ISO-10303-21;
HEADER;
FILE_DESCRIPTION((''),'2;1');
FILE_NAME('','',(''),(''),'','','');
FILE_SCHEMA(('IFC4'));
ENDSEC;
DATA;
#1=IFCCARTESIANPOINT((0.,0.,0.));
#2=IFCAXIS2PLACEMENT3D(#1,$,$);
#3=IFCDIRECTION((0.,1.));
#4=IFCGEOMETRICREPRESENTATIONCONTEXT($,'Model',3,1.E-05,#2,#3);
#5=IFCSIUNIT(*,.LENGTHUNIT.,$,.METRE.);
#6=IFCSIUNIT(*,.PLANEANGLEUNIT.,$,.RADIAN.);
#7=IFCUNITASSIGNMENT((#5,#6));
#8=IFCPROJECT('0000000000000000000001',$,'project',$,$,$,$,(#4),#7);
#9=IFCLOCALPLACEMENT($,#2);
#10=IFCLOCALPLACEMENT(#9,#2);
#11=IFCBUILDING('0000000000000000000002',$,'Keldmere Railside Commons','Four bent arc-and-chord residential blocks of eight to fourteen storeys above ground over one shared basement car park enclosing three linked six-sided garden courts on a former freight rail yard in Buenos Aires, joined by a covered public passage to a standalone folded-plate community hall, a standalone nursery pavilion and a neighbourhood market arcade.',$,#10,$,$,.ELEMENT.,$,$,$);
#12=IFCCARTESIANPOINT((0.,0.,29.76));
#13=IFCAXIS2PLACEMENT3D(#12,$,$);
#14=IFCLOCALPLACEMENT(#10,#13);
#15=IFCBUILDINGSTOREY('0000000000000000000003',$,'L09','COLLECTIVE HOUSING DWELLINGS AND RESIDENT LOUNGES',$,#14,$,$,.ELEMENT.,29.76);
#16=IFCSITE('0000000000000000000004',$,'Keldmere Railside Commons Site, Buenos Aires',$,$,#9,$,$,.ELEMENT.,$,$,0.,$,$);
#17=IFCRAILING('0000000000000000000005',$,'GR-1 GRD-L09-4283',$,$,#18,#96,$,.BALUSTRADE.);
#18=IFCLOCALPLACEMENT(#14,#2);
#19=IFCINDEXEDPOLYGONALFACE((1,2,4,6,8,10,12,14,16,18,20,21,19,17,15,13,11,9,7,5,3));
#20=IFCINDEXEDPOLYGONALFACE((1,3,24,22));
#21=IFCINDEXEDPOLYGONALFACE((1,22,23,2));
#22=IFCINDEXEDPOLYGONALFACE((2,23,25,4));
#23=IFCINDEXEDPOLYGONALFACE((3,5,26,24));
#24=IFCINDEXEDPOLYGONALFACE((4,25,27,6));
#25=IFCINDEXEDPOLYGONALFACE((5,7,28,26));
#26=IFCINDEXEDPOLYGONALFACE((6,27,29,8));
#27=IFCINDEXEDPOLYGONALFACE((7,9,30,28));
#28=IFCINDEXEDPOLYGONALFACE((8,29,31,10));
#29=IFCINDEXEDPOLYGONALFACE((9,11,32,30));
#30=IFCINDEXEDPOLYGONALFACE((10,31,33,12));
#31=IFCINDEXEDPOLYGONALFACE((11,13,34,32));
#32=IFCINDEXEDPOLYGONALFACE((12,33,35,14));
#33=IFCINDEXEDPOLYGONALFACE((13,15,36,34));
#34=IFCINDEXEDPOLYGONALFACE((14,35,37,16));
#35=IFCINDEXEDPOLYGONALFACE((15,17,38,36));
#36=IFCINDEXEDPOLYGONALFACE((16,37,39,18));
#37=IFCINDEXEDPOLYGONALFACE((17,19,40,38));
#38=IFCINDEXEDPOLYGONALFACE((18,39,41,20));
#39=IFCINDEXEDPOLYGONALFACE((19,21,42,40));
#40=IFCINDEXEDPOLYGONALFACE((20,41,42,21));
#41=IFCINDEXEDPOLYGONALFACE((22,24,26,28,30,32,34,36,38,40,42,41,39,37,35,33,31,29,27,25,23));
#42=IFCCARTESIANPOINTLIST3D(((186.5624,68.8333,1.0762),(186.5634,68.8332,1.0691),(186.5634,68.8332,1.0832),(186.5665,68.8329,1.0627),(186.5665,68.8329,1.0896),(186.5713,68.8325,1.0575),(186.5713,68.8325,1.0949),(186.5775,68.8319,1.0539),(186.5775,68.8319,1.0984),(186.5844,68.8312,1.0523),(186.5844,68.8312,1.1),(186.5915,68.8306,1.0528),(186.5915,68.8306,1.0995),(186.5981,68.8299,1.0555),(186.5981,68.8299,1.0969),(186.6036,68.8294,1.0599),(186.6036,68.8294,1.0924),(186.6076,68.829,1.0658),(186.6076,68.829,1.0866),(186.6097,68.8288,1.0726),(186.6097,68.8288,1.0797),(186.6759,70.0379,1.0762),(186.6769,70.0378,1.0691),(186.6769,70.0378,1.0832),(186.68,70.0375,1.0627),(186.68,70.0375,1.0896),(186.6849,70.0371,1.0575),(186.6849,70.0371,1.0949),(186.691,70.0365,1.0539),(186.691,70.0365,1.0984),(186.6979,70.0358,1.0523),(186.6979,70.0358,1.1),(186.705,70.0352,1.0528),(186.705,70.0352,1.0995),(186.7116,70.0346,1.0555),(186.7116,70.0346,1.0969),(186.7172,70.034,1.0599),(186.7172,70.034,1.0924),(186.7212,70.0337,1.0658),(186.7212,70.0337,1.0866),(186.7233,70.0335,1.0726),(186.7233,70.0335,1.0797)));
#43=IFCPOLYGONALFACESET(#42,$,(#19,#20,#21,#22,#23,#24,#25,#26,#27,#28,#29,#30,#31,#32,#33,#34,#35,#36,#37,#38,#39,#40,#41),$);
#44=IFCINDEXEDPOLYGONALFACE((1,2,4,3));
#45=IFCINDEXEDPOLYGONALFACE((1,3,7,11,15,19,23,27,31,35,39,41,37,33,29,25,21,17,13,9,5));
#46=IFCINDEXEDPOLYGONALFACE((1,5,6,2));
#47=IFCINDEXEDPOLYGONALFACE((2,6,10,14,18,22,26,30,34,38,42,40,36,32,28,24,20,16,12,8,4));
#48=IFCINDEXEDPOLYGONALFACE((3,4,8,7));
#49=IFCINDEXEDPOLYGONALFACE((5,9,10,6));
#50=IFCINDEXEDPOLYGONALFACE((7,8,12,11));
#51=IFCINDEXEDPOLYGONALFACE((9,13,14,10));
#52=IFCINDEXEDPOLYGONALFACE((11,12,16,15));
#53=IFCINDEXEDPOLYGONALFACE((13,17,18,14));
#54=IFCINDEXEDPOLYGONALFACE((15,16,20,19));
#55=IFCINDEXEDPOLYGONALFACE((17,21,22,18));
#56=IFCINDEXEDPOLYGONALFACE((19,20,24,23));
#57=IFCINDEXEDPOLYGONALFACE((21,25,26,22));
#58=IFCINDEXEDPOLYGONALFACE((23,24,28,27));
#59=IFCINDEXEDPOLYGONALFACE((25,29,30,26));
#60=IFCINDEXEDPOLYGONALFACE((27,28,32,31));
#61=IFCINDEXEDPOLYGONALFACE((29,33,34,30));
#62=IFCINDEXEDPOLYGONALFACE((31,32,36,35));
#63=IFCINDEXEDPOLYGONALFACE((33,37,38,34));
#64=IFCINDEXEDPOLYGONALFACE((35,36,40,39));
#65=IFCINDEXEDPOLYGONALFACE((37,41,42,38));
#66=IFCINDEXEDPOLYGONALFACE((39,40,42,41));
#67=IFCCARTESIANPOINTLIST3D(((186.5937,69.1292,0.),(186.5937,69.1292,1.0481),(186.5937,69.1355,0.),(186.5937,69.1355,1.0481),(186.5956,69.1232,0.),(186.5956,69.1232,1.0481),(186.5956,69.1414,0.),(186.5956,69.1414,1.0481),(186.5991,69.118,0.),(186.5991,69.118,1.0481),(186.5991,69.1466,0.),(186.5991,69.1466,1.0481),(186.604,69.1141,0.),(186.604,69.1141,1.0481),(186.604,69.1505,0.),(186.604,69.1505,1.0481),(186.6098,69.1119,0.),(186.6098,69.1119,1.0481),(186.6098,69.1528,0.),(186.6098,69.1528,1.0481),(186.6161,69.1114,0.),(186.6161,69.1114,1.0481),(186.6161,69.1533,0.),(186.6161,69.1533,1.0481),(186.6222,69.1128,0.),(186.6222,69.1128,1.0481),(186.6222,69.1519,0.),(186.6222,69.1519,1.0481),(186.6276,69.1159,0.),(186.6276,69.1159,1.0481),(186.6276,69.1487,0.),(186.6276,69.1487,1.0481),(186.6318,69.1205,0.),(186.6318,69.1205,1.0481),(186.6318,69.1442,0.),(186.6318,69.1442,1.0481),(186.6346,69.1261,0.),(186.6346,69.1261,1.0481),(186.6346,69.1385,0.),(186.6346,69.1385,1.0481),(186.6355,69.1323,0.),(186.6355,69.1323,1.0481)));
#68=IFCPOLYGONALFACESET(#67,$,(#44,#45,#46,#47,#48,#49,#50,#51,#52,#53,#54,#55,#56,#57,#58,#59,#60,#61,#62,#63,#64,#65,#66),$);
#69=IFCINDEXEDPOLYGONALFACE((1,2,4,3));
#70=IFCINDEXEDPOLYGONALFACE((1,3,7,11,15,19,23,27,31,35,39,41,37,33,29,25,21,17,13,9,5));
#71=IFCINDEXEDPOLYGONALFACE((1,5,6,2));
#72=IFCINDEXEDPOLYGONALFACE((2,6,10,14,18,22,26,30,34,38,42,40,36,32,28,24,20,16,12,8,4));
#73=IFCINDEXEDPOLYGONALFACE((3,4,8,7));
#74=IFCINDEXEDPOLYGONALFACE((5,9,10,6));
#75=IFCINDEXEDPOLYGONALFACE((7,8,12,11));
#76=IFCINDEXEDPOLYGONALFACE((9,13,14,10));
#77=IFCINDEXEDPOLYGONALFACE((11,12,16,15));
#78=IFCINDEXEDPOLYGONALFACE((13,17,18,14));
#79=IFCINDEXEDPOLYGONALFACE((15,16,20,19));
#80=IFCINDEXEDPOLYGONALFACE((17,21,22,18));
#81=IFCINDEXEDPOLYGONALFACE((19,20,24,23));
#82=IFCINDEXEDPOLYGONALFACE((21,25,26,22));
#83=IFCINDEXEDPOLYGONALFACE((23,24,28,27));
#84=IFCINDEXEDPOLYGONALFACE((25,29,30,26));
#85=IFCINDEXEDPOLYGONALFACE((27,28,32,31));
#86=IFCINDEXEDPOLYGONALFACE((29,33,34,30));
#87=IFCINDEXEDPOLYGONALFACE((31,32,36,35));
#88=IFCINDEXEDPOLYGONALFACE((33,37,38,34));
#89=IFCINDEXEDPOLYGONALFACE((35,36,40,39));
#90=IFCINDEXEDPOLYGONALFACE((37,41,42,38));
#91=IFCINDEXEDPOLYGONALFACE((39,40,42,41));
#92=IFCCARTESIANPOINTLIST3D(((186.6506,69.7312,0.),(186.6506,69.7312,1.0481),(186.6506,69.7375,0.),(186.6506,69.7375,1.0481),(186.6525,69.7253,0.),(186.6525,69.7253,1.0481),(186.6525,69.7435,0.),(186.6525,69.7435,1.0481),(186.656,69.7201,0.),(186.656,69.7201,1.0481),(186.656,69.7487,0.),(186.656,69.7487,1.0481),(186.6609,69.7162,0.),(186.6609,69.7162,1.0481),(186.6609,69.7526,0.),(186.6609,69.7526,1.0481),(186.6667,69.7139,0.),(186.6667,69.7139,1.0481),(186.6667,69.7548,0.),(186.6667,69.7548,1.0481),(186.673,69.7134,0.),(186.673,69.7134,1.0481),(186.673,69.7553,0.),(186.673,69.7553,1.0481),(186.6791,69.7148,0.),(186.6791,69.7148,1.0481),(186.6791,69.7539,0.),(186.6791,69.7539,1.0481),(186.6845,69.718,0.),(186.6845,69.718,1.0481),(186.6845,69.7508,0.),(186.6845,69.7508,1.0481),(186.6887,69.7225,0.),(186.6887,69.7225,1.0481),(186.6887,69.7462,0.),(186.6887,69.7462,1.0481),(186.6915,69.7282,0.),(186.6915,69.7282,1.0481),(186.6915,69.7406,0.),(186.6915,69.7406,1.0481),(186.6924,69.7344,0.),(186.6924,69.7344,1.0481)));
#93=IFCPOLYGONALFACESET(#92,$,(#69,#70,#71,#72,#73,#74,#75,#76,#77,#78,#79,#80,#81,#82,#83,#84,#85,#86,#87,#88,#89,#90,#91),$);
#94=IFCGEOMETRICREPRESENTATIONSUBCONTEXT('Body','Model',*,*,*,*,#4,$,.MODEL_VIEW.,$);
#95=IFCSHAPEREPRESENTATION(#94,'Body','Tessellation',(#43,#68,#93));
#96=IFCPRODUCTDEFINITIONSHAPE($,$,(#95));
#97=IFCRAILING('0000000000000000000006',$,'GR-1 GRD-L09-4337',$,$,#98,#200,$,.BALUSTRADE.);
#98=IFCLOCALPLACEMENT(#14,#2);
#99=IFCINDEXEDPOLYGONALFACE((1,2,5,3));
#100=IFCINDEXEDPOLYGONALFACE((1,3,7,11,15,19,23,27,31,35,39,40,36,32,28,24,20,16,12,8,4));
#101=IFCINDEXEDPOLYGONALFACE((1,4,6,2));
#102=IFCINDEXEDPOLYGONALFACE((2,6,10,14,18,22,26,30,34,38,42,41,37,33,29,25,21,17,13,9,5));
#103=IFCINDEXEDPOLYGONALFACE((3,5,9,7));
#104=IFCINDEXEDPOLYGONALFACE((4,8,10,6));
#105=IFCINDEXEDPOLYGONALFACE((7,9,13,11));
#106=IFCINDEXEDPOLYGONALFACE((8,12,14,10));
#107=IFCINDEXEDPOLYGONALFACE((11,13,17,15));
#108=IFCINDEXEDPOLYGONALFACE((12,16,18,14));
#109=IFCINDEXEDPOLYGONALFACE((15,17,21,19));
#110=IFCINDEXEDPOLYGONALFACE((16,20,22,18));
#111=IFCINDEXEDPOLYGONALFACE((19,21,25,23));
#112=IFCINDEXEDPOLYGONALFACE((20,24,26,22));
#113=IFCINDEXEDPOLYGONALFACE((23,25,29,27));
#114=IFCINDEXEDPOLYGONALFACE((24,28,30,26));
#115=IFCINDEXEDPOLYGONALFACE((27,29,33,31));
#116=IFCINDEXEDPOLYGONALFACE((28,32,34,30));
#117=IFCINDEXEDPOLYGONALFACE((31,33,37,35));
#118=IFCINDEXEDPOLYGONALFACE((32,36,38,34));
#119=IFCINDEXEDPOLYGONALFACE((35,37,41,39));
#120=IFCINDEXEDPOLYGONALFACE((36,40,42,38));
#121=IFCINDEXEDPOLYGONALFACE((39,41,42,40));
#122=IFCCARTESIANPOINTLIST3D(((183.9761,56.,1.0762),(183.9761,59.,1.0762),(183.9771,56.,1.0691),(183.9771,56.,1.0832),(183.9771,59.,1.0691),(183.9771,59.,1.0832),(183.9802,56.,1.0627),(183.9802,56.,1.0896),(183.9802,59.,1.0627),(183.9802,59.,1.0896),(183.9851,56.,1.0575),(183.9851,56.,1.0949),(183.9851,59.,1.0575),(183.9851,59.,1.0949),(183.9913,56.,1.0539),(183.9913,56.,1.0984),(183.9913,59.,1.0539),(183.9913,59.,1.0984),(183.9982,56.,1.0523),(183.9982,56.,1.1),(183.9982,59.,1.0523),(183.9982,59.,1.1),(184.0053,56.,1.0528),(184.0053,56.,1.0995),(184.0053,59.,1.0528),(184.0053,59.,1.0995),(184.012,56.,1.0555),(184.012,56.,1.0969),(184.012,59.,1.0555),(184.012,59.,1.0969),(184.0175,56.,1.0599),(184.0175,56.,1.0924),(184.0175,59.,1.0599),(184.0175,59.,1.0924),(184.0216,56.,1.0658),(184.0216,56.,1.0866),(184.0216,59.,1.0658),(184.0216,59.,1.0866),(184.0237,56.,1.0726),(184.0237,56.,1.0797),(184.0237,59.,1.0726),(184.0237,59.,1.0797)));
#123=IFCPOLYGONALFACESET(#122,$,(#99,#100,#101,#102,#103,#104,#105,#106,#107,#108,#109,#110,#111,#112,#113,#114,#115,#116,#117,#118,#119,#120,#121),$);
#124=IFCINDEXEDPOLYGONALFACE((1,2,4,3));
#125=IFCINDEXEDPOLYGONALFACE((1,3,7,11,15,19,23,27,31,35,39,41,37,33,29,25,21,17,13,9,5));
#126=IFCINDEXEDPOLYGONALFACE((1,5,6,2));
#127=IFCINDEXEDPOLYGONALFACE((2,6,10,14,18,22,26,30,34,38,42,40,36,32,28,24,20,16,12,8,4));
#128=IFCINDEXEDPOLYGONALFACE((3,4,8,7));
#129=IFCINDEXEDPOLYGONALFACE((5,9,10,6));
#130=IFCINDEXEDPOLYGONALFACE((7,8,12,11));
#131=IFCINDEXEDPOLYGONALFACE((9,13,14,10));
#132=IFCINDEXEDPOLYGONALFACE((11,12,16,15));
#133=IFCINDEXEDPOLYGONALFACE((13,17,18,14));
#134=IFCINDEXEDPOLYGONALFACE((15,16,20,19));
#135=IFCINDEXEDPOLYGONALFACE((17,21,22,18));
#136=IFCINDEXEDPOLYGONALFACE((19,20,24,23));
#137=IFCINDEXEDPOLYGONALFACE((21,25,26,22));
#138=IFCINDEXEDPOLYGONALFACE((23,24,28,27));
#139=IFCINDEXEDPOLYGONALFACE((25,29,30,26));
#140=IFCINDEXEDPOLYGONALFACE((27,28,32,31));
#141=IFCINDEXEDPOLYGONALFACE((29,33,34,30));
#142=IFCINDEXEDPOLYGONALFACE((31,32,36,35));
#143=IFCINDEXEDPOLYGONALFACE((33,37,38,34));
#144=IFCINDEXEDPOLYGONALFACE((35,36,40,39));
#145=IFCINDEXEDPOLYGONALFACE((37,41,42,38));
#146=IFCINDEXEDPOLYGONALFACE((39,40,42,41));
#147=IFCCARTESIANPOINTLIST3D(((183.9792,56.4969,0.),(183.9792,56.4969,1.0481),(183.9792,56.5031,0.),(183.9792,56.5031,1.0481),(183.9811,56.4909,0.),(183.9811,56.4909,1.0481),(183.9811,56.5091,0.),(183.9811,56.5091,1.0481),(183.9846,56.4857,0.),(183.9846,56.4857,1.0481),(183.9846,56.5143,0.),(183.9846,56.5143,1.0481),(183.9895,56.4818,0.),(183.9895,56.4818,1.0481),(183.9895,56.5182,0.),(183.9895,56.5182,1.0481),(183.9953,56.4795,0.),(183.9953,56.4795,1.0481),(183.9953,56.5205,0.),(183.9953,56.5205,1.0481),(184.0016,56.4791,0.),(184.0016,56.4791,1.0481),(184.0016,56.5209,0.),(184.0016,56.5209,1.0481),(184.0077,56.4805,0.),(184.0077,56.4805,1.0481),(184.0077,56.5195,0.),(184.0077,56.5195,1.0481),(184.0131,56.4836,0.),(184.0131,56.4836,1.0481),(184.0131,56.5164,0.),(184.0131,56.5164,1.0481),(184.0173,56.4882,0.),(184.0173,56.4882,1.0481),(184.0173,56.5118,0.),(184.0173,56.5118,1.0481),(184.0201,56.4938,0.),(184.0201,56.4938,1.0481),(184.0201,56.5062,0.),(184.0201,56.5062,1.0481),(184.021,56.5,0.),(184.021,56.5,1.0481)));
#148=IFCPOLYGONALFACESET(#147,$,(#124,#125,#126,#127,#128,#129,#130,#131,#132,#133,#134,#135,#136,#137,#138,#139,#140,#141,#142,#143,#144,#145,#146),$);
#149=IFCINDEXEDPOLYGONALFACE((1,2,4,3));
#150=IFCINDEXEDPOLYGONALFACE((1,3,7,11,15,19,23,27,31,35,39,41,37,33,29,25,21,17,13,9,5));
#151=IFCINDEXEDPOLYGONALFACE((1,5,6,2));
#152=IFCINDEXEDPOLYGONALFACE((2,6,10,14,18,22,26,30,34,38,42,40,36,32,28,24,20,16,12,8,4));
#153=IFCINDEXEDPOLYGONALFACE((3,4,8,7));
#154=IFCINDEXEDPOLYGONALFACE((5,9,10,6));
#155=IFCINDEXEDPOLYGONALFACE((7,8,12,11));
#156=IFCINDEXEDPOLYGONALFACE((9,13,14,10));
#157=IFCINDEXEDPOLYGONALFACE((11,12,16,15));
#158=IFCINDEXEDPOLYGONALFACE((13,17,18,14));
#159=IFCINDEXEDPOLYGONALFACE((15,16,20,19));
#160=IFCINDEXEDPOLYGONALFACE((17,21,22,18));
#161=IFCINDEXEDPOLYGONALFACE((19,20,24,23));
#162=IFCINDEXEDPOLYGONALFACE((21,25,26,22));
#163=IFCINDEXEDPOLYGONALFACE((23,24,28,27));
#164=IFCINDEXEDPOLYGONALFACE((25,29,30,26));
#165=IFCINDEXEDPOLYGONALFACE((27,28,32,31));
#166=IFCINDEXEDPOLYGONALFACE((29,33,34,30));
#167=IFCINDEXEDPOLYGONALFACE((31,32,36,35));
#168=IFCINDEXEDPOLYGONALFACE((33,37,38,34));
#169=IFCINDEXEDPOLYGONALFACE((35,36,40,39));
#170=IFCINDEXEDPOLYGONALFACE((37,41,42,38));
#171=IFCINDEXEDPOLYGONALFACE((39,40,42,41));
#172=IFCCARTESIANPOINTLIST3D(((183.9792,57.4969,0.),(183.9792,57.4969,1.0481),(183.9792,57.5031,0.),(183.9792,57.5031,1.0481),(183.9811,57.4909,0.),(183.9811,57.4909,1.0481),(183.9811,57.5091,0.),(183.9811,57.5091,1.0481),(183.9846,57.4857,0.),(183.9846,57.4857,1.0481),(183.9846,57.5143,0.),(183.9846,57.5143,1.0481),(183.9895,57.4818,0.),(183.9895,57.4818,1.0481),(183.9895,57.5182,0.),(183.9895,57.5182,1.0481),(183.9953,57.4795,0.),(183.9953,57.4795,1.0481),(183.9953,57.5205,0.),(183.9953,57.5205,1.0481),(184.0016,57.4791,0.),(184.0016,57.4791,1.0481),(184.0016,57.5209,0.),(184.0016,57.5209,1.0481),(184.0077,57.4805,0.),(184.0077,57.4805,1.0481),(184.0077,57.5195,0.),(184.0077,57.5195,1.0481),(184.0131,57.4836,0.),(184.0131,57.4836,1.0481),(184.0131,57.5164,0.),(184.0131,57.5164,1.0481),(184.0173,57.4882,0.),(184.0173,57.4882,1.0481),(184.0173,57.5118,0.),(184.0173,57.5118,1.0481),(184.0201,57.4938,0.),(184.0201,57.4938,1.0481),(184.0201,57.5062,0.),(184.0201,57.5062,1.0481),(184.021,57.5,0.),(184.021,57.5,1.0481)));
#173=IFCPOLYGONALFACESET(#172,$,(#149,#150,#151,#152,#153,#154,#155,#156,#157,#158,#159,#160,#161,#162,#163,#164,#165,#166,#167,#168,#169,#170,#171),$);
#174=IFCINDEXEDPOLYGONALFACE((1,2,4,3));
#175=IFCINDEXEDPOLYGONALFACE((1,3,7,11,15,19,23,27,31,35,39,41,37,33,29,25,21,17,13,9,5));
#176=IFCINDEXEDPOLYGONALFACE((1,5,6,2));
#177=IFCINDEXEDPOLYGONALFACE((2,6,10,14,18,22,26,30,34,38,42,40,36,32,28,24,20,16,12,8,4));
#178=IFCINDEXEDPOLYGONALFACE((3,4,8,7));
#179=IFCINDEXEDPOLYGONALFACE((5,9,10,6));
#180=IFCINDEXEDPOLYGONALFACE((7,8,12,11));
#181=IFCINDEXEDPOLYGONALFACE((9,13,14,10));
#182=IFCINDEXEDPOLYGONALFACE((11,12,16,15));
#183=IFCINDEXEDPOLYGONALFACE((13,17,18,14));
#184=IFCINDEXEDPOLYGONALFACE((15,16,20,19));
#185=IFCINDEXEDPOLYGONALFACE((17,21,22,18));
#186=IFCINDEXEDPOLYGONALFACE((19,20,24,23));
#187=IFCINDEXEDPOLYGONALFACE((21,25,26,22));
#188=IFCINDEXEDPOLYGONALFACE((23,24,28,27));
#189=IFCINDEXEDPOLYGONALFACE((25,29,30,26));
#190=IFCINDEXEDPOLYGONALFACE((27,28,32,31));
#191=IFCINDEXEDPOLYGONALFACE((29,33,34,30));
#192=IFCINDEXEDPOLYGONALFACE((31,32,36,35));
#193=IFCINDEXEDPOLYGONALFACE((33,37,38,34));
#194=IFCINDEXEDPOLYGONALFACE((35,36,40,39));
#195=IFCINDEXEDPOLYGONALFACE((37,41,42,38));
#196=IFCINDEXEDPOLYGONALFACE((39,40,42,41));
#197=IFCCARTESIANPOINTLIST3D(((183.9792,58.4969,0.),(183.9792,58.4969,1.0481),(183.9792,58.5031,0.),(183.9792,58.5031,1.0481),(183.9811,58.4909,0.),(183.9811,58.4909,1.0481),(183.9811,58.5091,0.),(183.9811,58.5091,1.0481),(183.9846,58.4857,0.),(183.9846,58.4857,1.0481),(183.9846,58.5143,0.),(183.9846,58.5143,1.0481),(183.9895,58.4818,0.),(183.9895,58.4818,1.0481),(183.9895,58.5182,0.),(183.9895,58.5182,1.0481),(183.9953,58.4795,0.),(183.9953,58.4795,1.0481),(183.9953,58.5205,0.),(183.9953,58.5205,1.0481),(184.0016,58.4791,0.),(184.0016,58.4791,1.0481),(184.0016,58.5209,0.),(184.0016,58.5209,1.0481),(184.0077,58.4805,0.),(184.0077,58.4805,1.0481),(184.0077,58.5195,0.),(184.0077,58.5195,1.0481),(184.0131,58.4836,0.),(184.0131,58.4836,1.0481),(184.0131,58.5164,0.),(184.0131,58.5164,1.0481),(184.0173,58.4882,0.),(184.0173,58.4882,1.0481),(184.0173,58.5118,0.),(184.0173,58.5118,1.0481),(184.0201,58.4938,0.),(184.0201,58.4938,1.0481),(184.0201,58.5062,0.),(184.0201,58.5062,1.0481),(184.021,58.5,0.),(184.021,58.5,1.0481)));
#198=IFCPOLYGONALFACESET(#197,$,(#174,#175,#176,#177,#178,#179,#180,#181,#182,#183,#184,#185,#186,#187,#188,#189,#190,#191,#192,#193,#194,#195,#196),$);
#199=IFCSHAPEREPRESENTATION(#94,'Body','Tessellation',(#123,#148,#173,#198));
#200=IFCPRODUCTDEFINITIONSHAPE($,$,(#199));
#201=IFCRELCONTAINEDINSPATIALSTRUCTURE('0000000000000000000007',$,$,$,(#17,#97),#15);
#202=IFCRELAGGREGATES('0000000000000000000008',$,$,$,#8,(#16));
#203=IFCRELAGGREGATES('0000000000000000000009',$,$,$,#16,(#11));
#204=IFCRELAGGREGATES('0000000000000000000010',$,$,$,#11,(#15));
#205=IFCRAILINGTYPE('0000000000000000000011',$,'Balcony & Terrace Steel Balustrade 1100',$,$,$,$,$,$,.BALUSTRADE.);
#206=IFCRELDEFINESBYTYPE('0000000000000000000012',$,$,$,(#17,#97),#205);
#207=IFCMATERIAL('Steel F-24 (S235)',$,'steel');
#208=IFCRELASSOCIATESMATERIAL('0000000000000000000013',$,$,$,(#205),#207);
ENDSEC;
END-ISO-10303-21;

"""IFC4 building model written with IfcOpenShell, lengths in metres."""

from ifc_helpers import new_model, si_unit, direction, frame, origin, origin_2d, place, context, subcontext, project, spatial, circle, extrude, material, type_object, element, save


model = new_model("IFC4")

# Units and contexts
model_context = context("Model", 3, precision=1e-05, world=origin(), true_north=direction((0.0, 1.0)))
body_context = subcontext(model_context, "Body", "Model", "MODEL_VIEW")
ifc_project = project(units=[si_unit("LENGTHUNIT", "METRE"), si_unit("PLANEANGLEUNIT", "RADIAN")], contexts=[model_context])

# Site, building, storey
site_placement = place(None, origin())
site = spatial("IfcSite", under=ifc_project, at=site_placement, Name="Keldmere Railside Commons Site, Buenos Aires", CompositionType="ELEMENT", RefElevation=0.0)
building_placement = place(site_placement, origin())
building = spatial("IfcBuilding", under=site, at=building_placement, Name="Keldmere Railside Commons", Description="Four bent arc-and-chord residential blocks of eight to fourteen storeys above ground over one shared basement car park enclosing three linked six-sided garden courts on a former freight rail yard in Buenos Aires, joined by a covered public passage to a standalone folded-plate community hall, a standalone nursery pavilion and a neighbourhood market arcade.", CompositionType="ELEMENT")
storey_placement = place(building_placement, frame((0.0, 0.0, 29.76)))
storey = spatial("IfcBuildingStorey", under=building, at=storey_placement, Name="L09", Description="COLLECTIVE HOUSING DWELLINGS AND RESIDENT LOUNGES", CompositionType="ELEMENT", Elevation=29.76)

# Shared definitions
ifc_material_1 = material(Name="Steel F-24 (S235)", Category="steel")

# Railings
railing_type_1 = type_object("IfcRailingType", Name="Balcony & Terrace Steel Balustrade 1100", PredefinedType="BALUSTRADE", material=ifc_material_1)
railing_1_placement = place(storey_placement, frame((186.5862, 68.8311, 0.0)))
element("IfcRailing", 1, at=railing_1_placement, inside=storey, type_object=railing_type_1, Name="GR-1 GRD-L09-4283", PredefinedType="BALUSTRADE", context=body_context, shape_type="SweptSolid", body=[
    extrude(circle(Radius=0.0239, at=origin_2d()), frame((0.0, 0.0, 1.0762), z_axis=(0.093828, 0.995588, 0.0), x_axis=(-0.995588, 0.093828, 0.0)), (0.0, 0.0, 1.0), 1.21),
    extrude(circle(Radius=0.021, at=origin_2d()), frame((0.0283, 0.3013, 0.0)), (0.0, 0.0, 1.0), 1.0481),
    extrude(circle(Radius=0.021, at=origin_2d()), frame((0.0852, 0.9033, 0.0)), (0.0, 0.0, 1.0), 1.0481),
])
railing_2_placement = place(storey_placement, frame((184.0, 56.0, 0.0)))
element("IfcRailing", 2, at=railing_2_placement, inside=storey, type_object=railing_type_1, Name="GR-1 GRD-L09-4337", PredefinedType="BALUSTRADE", context=body_context, shape_type="SweptSolid", body=[
    extrude(circle(Radius=0.0239, at=origin_2d()), frame((0.0, 0.0, 1.0762), z_axis=(0.0, 1.0, 0.0), x_axis=(-1.0, 0.0, 0.0)), (0.0, 0.0, 1.0), 3.0),
    extrude(circle(Radius=0.021, at=origin_2d()), frame((0.0, 0.5, 0.0)), (0.0, 0.0, 1.0), 1.0481),
    extrude(circle(Radius=0.021, at=origin_2d()), frame((0.0, 1.5, 0.0)), (0.0, 0.0, 1.0), 1.0481),
    extrude(circle(Radius=0.021, at=origin_2d()), frame((0.0, 2.5, 0.0)), (0.0, 0.0, 1.0), 1.0481),
])

save(model, "model.ifc")
